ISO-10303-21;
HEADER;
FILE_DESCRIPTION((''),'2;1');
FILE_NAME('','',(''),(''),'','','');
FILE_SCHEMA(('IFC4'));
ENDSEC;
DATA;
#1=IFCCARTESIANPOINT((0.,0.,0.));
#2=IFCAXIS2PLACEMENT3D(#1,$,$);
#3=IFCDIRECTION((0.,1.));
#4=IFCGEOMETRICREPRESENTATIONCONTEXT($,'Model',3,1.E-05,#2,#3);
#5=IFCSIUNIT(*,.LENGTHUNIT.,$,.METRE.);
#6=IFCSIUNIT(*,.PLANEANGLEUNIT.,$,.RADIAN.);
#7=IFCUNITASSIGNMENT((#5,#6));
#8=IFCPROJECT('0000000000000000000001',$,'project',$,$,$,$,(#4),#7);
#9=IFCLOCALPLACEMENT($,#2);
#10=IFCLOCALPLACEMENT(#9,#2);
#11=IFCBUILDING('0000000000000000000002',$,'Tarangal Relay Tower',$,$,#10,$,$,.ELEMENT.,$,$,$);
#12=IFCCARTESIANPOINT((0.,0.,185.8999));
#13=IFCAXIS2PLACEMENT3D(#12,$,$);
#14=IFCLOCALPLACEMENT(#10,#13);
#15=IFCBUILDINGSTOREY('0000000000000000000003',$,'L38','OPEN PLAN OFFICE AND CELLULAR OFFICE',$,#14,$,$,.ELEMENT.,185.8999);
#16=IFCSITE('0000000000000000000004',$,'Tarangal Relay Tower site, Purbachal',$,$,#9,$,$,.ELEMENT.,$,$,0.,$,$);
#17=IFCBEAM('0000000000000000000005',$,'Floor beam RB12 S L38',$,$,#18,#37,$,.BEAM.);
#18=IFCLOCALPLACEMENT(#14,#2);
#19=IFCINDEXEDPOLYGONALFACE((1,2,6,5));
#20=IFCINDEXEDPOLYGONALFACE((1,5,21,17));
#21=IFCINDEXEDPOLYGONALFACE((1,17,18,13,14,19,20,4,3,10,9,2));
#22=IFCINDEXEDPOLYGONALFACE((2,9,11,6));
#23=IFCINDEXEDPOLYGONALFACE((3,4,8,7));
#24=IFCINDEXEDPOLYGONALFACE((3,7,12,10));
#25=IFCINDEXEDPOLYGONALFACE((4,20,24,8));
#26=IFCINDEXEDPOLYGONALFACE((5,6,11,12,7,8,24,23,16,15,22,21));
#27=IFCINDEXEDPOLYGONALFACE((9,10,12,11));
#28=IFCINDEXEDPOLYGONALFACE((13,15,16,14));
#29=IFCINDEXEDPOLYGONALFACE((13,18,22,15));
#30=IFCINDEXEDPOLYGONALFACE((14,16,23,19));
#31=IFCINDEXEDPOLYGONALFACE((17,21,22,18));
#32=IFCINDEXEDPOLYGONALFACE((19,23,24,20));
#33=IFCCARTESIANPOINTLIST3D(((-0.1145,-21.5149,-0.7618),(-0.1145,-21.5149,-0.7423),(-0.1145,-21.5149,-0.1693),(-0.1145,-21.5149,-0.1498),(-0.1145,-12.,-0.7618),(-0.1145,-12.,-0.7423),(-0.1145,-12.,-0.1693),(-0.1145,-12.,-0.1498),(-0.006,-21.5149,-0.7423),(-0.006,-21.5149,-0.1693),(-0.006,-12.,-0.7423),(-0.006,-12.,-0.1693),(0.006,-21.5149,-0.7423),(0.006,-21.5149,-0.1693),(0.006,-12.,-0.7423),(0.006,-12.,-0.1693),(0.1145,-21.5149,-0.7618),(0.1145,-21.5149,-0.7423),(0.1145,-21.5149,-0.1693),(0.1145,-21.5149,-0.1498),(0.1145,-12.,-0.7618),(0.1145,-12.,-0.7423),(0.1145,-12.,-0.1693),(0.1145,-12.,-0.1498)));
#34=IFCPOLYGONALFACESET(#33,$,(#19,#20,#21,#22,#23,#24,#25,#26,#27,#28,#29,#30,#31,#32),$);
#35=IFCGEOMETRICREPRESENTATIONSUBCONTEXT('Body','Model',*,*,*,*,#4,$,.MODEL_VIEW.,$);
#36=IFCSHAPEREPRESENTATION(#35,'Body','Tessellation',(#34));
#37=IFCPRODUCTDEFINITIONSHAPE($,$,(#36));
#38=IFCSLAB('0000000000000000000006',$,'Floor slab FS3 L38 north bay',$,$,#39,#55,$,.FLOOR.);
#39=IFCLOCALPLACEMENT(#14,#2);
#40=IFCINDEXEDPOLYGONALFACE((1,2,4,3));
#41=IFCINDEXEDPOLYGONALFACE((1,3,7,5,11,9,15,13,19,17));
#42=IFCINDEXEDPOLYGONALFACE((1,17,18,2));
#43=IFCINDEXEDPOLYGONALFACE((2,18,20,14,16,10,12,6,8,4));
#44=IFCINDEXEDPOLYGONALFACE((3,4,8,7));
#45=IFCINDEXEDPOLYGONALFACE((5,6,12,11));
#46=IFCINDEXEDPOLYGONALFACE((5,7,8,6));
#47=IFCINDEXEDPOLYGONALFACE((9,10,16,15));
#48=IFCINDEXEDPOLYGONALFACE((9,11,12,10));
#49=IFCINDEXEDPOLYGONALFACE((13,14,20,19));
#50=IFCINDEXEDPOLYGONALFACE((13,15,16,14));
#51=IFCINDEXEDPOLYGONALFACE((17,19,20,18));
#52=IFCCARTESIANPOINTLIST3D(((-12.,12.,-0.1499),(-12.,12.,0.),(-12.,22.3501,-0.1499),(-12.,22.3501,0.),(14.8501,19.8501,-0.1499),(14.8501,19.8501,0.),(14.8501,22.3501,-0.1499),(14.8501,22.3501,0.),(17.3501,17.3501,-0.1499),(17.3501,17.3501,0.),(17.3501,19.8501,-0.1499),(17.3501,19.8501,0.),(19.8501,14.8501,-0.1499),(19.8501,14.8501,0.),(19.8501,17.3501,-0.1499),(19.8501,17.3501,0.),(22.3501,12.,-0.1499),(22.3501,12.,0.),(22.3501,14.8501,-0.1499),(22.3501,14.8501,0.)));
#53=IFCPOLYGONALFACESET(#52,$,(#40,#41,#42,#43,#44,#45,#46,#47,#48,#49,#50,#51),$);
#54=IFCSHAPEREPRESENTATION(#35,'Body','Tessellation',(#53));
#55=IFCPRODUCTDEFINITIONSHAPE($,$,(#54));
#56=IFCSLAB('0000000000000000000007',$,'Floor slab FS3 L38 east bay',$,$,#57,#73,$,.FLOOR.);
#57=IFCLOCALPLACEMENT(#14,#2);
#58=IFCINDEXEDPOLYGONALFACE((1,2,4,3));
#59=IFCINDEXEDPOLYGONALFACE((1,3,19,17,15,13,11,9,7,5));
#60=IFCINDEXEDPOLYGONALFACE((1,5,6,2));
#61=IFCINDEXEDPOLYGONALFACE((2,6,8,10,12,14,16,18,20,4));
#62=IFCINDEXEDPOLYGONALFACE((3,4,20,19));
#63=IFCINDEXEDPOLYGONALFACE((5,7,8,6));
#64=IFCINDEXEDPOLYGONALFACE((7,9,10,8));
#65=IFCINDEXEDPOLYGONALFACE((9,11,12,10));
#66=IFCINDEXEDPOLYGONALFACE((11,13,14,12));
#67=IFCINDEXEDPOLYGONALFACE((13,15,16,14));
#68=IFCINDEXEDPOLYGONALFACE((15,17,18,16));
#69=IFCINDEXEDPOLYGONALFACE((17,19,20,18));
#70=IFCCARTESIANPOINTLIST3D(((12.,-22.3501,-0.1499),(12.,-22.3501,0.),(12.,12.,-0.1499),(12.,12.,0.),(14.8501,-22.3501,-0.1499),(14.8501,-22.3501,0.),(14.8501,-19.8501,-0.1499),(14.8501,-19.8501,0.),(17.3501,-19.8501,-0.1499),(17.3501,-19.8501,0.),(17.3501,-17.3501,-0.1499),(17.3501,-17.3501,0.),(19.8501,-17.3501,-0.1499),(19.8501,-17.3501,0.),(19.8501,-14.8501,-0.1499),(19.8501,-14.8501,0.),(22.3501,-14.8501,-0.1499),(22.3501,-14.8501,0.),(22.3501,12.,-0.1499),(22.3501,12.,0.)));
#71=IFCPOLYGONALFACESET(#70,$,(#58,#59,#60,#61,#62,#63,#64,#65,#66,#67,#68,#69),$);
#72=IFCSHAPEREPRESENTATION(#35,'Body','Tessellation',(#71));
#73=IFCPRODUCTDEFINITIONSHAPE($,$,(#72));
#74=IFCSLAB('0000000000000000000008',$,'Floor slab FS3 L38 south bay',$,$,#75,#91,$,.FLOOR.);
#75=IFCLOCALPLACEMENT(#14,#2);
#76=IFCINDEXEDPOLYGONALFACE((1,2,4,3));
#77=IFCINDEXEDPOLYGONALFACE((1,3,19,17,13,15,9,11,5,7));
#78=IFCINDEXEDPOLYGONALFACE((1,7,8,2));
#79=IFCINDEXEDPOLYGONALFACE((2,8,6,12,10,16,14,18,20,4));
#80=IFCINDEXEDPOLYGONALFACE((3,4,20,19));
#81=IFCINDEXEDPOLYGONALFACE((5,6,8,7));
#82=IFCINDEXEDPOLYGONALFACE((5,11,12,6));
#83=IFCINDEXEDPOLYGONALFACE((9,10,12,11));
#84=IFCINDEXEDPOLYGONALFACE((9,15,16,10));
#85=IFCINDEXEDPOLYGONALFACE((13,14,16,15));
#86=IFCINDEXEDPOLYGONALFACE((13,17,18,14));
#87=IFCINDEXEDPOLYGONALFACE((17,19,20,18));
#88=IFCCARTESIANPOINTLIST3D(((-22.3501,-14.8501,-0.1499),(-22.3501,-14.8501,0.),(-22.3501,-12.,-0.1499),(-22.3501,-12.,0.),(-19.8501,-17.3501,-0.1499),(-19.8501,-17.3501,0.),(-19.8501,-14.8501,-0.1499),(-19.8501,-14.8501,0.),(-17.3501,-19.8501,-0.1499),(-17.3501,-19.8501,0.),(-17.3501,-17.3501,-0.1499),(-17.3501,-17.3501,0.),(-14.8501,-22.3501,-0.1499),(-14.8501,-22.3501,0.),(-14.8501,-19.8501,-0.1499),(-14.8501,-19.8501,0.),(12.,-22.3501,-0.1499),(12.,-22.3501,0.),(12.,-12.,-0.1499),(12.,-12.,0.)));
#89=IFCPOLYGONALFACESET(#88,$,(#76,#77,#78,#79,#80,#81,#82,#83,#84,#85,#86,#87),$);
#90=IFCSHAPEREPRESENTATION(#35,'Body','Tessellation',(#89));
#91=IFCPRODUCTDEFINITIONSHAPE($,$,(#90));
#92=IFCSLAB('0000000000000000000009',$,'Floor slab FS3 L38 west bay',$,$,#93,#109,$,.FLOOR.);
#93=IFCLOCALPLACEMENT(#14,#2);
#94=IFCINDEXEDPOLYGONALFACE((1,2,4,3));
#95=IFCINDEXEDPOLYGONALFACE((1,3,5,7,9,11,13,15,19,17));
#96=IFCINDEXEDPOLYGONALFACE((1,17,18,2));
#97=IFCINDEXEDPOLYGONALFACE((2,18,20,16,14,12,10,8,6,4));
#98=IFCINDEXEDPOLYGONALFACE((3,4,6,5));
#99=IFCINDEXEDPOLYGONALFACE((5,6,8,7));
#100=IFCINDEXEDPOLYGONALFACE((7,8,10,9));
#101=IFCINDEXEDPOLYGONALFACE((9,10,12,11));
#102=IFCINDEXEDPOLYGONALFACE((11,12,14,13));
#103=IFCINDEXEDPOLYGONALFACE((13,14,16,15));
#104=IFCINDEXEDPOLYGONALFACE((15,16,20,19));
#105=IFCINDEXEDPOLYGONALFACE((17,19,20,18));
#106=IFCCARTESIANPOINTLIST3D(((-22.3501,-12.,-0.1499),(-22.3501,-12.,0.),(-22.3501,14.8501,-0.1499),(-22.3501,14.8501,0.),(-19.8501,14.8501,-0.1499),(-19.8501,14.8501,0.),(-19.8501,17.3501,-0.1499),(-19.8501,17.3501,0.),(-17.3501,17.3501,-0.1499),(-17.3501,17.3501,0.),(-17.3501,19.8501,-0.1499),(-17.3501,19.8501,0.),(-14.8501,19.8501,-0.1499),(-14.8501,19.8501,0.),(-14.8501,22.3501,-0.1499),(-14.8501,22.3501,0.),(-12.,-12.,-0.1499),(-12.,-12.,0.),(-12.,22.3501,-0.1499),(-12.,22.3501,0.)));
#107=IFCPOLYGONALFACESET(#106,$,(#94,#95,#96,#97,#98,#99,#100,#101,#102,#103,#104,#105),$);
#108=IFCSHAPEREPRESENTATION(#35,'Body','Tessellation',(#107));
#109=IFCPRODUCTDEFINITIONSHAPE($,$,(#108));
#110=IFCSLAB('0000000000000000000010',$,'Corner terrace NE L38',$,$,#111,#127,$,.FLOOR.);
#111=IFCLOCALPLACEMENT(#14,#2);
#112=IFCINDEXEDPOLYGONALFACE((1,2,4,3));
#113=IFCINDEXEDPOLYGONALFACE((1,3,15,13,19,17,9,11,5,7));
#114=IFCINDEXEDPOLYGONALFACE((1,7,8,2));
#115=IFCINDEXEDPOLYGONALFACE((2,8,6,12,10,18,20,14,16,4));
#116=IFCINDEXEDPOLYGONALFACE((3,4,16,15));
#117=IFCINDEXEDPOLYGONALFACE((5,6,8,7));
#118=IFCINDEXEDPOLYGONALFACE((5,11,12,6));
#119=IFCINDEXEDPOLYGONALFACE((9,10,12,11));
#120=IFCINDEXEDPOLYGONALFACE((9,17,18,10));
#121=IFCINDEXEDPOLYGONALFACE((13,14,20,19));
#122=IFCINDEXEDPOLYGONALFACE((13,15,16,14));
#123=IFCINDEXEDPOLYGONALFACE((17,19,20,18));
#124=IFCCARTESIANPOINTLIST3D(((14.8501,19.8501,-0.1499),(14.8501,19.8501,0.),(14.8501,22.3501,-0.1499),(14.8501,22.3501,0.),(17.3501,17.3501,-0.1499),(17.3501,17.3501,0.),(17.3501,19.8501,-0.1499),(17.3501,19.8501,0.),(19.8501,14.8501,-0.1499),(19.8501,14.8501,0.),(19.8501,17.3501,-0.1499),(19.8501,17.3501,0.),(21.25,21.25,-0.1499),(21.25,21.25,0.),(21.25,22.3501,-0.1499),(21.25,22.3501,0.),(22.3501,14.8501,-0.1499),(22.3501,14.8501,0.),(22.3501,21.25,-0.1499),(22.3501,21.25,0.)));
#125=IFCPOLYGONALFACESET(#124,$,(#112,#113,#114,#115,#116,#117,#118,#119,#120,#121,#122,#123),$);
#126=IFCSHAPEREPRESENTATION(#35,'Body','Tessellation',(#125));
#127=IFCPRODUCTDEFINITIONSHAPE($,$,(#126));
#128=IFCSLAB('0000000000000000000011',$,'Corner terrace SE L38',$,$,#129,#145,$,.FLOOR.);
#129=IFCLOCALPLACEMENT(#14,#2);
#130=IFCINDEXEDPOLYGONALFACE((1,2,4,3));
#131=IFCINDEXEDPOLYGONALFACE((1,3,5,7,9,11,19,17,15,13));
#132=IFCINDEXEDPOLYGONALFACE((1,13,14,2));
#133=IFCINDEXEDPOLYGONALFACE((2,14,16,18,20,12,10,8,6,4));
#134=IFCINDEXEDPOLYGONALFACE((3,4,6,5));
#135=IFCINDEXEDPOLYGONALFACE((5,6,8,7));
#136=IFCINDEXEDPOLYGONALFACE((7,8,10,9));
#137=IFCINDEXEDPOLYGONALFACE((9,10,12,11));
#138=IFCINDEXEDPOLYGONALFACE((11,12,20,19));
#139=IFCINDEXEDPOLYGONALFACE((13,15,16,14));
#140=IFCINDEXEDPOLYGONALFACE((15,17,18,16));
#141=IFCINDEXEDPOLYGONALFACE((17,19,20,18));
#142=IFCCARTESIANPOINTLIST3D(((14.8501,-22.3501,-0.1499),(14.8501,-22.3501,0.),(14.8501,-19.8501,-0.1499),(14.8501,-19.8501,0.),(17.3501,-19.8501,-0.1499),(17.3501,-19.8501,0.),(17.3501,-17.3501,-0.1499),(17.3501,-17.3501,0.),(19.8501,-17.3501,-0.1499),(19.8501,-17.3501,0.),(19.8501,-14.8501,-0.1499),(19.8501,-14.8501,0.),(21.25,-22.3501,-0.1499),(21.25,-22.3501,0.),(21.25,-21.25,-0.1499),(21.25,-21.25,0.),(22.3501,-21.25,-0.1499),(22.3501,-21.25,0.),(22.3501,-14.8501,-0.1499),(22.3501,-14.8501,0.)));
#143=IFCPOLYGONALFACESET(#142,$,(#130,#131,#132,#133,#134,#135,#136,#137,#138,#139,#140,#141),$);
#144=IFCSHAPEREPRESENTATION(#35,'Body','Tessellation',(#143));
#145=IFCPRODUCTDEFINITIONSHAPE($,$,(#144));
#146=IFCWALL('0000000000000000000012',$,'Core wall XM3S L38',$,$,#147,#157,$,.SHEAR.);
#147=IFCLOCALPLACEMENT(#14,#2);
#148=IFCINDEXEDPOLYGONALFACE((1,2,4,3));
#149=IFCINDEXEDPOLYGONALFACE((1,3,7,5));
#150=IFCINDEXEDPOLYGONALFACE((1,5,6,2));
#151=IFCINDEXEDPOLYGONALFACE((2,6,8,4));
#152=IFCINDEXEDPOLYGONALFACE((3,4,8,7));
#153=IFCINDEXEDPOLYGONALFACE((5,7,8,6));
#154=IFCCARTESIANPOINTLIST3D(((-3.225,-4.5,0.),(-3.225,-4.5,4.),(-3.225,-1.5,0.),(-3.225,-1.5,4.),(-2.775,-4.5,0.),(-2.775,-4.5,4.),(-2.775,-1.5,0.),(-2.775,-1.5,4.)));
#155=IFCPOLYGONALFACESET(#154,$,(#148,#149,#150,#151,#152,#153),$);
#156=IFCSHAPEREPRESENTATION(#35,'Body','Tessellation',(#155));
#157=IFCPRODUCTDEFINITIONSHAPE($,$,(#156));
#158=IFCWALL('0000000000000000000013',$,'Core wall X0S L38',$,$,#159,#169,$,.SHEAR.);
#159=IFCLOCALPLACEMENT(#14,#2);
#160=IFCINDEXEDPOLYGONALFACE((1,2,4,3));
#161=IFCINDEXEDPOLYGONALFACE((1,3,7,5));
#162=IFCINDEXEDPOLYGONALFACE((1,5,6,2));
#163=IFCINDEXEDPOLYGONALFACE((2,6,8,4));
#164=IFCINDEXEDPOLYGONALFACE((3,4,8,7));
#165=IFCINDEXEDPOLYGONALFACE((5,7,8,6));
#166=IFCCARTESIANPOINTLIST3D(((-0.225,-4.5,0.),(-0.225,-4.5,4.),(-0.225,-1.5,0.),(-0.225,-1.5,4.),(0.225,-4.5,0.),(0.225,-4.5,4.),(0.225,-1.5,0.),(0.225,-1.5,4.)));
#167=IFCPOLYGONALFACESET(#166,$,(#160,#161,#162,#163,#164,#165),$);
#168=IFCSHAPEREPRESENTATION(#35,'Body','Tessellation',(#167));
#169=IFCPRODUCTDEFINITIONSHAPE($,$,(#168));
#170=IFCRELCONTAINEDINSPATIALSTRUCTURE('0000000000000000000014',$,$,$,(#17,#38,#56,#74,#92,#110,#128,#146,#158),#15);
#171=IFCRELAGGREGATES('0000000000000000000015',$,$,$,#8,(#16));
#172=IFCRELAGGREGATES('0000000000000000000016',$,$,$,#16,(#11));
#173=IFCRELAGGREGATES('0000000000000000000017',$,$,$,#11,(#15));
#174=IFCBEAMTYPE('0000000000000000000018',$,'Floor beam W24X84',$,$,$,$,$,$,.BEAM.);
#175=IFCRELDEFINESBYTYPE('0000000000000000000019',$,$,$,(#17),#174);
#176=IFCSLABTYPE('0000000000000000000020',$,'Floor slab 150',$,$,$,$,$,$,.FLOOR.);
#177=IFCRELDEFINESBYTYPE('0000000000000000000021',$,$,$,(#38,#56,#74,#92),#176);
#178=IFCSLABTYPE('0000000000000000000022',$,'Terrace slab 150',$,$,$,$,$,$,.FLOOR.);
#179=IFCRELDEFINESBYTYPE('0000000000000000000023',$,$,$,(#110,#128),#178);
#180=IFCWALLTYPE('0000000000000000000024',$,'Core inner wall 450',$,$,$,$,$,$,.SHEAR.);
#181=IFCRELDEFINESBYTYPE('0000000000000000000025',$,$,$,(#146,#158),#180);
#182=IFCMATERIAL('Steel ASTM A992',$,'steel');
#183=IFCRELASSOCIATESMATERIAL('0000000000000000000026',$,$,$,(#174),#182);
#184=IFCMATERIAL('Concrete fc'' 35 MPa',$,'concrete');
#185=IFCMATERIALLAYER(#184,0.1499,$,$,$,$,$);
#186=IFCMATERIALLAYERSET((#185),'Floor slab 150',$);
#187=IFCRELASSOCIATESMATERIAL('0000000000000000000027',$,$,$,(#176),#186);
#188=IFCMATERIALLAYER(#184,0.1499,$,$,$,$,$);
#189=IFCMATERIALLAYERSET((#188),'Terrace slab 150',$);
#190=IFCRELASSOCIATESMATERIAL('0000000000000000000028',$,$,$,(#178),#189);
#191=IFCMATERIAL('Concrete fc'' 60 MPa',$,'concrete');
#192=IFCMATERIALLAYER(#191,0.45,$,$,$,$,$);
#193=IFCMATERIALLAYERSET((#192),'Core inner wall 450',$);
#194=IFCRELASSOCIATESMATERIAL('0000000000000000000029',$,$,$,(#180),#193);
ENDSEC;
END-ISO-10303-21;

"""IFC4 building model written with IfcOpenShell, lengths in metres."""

from ifc_helpers import new_model, si_unit, direction, frame, frame_2d, origin, origin_2d, place, context, subcontext, project, spatial, polyline, rectangle, i_section, outline, extrude, material, layer, layer_set, material_profile, profile_set, type_object, element, save


model = new_model("IFC4")

# Units and contexts
model_context = context("Model", 3, precision=1e-05, world=origin(), true_north=direction((0.0, 1.0)))
body_context = subcontext(model_context, "Body", "Model", "MODEL_VIEW")
ifc_project = project(units=[si_unit("LENGTHUNIT", "METRE"), si_unit("PLANEANGLEUNIT", "RADIAN")], contexts=[model_context])

# Site, building, storey
site_placement = place(None, origin())
site = spatial("IfcSite", under=ifc_project, at=site_placement, Name="Tarangal Relay Tower site, Purbachal", CompositionType="ELEMENT", RefElevation=0.0)
building_placement = place(site_placement, origin())
building = spatial("IfcBuilding", under=site, at=building_placement, Name="Tarangal Relay Tower", CompositionType="ELEMENT")
storey_placement = place(building_placement, frame((0.0, 0.0, 185.8999)))
storey = spatial("IfcBuildingStorey", under=building, at=storey_placement, Name="L38", Description="OPEN PLAN OFFICE AND CELLULAR OFFICE", CompositionType="ELEMENT", Elevation=185.8999)

# Beam
ifc_material_1 = material(Name="Steel ASTM A992", Category="steel")
ifc_material_profile = material_profile(ifc_material_1, i_section(OverallWidth=0.229, OverallDepth=0.6121, WebThickness=0.012, FlangeThickness=0.0195, at=origin_2d()), Name="W24X84")
ifc_profile_set = profile_set([ifc_material_profile], Name="Steel ASTM A992")
beam_type = type_object("IfcBeamType", Name="Floor beam W24X84", PredefinedType="BEAM", material=ifc_profile_set)
beam_placement = place(storey_placement, frame((0.0, -12.0, -0.4558), z_axis=(0.0, -1.0, 0.0), x_axis=(1.0, 0.0, 0.0)))
element("IfcBeam", 1, at=beam_placement, inside=storey, type_object=beam_type, Name="Floor beam RB12 S L38", PredefinedType="BEAM", context=body_context, shape_type="SweptSolid", body=[
    extrude(i_section(OverallWidth=0.229, OverallDepth=0.6121, WebThickness=0.012, FlangeThickness=0.0195, at=origin_2d()), origin(), (0.0, 0.0, 1.0), 9.5149),
])

# Slabs
ifc_material_2 = material(Name="Concrete fc' 35 MPa", Category="concrete")
ifc_layer_1 = layer(ifc_material_2, 0.1499)
ifc_layer_set_1 = layer_set([ifc_layer_1], Name="Floor slab 150")
slab_type_1 = type_object("IfcSlabType", Name="Floor slab 150", PredefinedType="FLOOR", material=ifc_layer_set_1)
slab_1_placement = place(storey_placement, frame((0.0, 0.0, -0.1499)))
element("IfcSlab", 2, at=slab_1_placement, inside=storey, type_object=slab_type_1, Name="Floor slab FS3 L38 north bay", PredefinedType="FLOOR", context=body_context, shape_type="SweptSolid", body=[
    extrude(outline(polyline([(14.8501, 22.3501), (14.8501, 19.8501), (17.3501, 19.8501), (17.3501, 17.3501), (19.8501, 17.3501), (19.8501, 14.8501), (22.3501, 14.8501), (22.3501, 12.0), (-12.0, 12.0), (-12.0, 22.3501), (14.8501, 22.3501)])), origin(), (0.0, 0.0, 1.0), 0.1499),
])
slab_2_placement = place(storey_placement, frame((0.0, 0.0, -0.1499)))
element("IfcSlab", 3, at=slab_2_placement, inside=storey, type_object=slab_type_1, Name="Floor slab FS3 L38 east bay", PredefinedType="FLOOR", context=body_context, shape_type="SweptSolid", body=[
    extrude(outline(polyline([(22.3501, -14.8501), (19.8501, -14.8501), (19.8501, -17.3501), (17.3501, -17.3501), (17.3501, -19.8501), (14.8501, -19.8501), (14.8501, -22.3501), (12.0, -22.3501), (12.0, 12.0), (22.3501, 12.0), (22.3501, -14.8501)])), origin(), (0.0, 0.0, 1.0), 0.1499),
])
slab_3_placement = place(storey_placement, frame((0.0, 0.0, -0.1499)))
element("IfcSlab", 4, at=slab_3_placement, inside=storey, type_object=slab_type_1, Name="Floor slab FS3 L38 south bay", PredefinedType="FLOOR", context=body_context, shape_type="SweptSolid", body=[
    extrude(outline(polyline([(-14.8501, -22.3501), (-14.8501, -19.8501), (-17.3501, -19.8501), (-17.3501, -17.3501), (-19.8501, -17.3501), (-19.8501, -14.8501), (-22.3501, -14.8501), (-22.3501, -12.0), (12.0, -12.0), (12.0, -22.3501), (-14.8501, -22.3501)])), origin(), (0.0, 0.0, 1.0), 0.1499),
])
slab_4_placement = place(storey_placement, frame((0.0, 0.0, -0.1499)))
element("IfcSlab", 5, at=slab_4_placement, inside=storey, type_object=slab_type_1, Name="Floor slab FS3 L38 west bay", PredefinedType="FLOOR", context=body_context, shape_type="SweptSolid", body=[
    extrude(outline(polyline([(-12.0, 22.3501), (-12.0, -12.0), (-22.3501, -12.0), (-22.3501, 14.8501), (-19.8501, 14.8501), (-19.8501, 17.3501), (-17.3501, 17.3501), (-17.3501, 19.8501), (-14.8501, 19.8501), (-14.8501, 22.3501), (-12.0, 22.3501)])), origin(), (0.0, 0.0, 1.0), 0.1499),
])
ifc_layer_2 = layer(ifc_material_2, 0.1499)
ifc_layer_set_2 = layer_set([ifc_layer_2], Name="Terrace slab 150")
slab_type_2 = type_object("IfcSlabType", Name="Terrace slab 150", PredefinedType="FLOOR", material=ifc_layer_set_2)
slab_5_placement = place(storey_placement, frame((0.0, 0.0, -0.1499)))
element("IfcSlab", 6, at=slab_5_placement, inside=storey, type_object=slab_type_2, Name="Corner terrace NE L38", PredefinedType="FLOOR", context=body_context, shape_type="SweptSolid", body=[
    extrude(outline(polyline([(14.8501, 22.3501), (14.8501, 19.8501), (17.3501, 19.8501), (17.3501, 17.3501), (19.8501, 17.3501), (19.8501, 14.8501), (22.3501, 14.8501), (22.3501, 21.25), (21.25, 21.25), (21.25, 22.3501), (14.8501, 22.3501)])), origin(), (0.0, 0.0, 1.0), 0.1499),
])
slab_6_placement = place(storey_placement, frame((0.0, 0.0, -0.1499)))
element("IfcSlab", 7, at=slab_6_placement, inside=storey, type_object=slab_type_2, Name="Corner terrace SE L38", PredefinedType="FLOOR", context=body_context, shape_type="SweptSolid", body=[
    extrude(outline(polyline([(22.3501, -14.8501), (19.8501, -14.8501), (19.8501, -17.3501), (17.3501, -17.3501), (17.3501, -19.8501), (14.8501, -19.8501), (14.8501, -22.3501), (21.25, -22.3501), (21.25, -21.25), (22.3501, -21.25), (22.3501, -14.8501)])), origin(), (0.0, 0.0, 1.0), 0.1499),
])

# Walls
ifc_material_3 = material(Name="Concrete fc' 60 MPa", Category="concrete")
ifc_layer_3 = layer(ifc_material_3, 0.45)
ifc_layer_set_3 = layer_set([ifc_layer_3], Name="Core inner wall 450")
wall_type = type_object("IfcWallType", Name="Core inner wall 450", PredefinedType="SHEAR", material=ifc_layer_set_3)
for number, where, z_axis, x_axis, name in (
    (8, (-3.0, -4.5, 0.0), (0.0, 0.0, 1.0), (0.0, 1.0, 0.0), "Core wall XM3S L38"),
    (9, (0.0, -4.5, 0.0), (0.0, 0.0, 1.0), (0.0, 1.0, 0.0), "Core wall X0S L38"),
):
    element("IfcWall", number, at=place(storey_placement, frame(where, z_axis=z_axis, x_axis=x_axis)), inside=storey, type_object=wall_type, Name=name, PredefinedType="SHEAR", context=body_context, shape_type="SweptSolid", body=[
        extrude(rectangle(XDim=3.0, YDim=0.45, at=frame_2d((1.5, 0.0))), origin(), (0.0, 0.0, 1.0), 4.0),
    ])

save(model, "model.ifc")
